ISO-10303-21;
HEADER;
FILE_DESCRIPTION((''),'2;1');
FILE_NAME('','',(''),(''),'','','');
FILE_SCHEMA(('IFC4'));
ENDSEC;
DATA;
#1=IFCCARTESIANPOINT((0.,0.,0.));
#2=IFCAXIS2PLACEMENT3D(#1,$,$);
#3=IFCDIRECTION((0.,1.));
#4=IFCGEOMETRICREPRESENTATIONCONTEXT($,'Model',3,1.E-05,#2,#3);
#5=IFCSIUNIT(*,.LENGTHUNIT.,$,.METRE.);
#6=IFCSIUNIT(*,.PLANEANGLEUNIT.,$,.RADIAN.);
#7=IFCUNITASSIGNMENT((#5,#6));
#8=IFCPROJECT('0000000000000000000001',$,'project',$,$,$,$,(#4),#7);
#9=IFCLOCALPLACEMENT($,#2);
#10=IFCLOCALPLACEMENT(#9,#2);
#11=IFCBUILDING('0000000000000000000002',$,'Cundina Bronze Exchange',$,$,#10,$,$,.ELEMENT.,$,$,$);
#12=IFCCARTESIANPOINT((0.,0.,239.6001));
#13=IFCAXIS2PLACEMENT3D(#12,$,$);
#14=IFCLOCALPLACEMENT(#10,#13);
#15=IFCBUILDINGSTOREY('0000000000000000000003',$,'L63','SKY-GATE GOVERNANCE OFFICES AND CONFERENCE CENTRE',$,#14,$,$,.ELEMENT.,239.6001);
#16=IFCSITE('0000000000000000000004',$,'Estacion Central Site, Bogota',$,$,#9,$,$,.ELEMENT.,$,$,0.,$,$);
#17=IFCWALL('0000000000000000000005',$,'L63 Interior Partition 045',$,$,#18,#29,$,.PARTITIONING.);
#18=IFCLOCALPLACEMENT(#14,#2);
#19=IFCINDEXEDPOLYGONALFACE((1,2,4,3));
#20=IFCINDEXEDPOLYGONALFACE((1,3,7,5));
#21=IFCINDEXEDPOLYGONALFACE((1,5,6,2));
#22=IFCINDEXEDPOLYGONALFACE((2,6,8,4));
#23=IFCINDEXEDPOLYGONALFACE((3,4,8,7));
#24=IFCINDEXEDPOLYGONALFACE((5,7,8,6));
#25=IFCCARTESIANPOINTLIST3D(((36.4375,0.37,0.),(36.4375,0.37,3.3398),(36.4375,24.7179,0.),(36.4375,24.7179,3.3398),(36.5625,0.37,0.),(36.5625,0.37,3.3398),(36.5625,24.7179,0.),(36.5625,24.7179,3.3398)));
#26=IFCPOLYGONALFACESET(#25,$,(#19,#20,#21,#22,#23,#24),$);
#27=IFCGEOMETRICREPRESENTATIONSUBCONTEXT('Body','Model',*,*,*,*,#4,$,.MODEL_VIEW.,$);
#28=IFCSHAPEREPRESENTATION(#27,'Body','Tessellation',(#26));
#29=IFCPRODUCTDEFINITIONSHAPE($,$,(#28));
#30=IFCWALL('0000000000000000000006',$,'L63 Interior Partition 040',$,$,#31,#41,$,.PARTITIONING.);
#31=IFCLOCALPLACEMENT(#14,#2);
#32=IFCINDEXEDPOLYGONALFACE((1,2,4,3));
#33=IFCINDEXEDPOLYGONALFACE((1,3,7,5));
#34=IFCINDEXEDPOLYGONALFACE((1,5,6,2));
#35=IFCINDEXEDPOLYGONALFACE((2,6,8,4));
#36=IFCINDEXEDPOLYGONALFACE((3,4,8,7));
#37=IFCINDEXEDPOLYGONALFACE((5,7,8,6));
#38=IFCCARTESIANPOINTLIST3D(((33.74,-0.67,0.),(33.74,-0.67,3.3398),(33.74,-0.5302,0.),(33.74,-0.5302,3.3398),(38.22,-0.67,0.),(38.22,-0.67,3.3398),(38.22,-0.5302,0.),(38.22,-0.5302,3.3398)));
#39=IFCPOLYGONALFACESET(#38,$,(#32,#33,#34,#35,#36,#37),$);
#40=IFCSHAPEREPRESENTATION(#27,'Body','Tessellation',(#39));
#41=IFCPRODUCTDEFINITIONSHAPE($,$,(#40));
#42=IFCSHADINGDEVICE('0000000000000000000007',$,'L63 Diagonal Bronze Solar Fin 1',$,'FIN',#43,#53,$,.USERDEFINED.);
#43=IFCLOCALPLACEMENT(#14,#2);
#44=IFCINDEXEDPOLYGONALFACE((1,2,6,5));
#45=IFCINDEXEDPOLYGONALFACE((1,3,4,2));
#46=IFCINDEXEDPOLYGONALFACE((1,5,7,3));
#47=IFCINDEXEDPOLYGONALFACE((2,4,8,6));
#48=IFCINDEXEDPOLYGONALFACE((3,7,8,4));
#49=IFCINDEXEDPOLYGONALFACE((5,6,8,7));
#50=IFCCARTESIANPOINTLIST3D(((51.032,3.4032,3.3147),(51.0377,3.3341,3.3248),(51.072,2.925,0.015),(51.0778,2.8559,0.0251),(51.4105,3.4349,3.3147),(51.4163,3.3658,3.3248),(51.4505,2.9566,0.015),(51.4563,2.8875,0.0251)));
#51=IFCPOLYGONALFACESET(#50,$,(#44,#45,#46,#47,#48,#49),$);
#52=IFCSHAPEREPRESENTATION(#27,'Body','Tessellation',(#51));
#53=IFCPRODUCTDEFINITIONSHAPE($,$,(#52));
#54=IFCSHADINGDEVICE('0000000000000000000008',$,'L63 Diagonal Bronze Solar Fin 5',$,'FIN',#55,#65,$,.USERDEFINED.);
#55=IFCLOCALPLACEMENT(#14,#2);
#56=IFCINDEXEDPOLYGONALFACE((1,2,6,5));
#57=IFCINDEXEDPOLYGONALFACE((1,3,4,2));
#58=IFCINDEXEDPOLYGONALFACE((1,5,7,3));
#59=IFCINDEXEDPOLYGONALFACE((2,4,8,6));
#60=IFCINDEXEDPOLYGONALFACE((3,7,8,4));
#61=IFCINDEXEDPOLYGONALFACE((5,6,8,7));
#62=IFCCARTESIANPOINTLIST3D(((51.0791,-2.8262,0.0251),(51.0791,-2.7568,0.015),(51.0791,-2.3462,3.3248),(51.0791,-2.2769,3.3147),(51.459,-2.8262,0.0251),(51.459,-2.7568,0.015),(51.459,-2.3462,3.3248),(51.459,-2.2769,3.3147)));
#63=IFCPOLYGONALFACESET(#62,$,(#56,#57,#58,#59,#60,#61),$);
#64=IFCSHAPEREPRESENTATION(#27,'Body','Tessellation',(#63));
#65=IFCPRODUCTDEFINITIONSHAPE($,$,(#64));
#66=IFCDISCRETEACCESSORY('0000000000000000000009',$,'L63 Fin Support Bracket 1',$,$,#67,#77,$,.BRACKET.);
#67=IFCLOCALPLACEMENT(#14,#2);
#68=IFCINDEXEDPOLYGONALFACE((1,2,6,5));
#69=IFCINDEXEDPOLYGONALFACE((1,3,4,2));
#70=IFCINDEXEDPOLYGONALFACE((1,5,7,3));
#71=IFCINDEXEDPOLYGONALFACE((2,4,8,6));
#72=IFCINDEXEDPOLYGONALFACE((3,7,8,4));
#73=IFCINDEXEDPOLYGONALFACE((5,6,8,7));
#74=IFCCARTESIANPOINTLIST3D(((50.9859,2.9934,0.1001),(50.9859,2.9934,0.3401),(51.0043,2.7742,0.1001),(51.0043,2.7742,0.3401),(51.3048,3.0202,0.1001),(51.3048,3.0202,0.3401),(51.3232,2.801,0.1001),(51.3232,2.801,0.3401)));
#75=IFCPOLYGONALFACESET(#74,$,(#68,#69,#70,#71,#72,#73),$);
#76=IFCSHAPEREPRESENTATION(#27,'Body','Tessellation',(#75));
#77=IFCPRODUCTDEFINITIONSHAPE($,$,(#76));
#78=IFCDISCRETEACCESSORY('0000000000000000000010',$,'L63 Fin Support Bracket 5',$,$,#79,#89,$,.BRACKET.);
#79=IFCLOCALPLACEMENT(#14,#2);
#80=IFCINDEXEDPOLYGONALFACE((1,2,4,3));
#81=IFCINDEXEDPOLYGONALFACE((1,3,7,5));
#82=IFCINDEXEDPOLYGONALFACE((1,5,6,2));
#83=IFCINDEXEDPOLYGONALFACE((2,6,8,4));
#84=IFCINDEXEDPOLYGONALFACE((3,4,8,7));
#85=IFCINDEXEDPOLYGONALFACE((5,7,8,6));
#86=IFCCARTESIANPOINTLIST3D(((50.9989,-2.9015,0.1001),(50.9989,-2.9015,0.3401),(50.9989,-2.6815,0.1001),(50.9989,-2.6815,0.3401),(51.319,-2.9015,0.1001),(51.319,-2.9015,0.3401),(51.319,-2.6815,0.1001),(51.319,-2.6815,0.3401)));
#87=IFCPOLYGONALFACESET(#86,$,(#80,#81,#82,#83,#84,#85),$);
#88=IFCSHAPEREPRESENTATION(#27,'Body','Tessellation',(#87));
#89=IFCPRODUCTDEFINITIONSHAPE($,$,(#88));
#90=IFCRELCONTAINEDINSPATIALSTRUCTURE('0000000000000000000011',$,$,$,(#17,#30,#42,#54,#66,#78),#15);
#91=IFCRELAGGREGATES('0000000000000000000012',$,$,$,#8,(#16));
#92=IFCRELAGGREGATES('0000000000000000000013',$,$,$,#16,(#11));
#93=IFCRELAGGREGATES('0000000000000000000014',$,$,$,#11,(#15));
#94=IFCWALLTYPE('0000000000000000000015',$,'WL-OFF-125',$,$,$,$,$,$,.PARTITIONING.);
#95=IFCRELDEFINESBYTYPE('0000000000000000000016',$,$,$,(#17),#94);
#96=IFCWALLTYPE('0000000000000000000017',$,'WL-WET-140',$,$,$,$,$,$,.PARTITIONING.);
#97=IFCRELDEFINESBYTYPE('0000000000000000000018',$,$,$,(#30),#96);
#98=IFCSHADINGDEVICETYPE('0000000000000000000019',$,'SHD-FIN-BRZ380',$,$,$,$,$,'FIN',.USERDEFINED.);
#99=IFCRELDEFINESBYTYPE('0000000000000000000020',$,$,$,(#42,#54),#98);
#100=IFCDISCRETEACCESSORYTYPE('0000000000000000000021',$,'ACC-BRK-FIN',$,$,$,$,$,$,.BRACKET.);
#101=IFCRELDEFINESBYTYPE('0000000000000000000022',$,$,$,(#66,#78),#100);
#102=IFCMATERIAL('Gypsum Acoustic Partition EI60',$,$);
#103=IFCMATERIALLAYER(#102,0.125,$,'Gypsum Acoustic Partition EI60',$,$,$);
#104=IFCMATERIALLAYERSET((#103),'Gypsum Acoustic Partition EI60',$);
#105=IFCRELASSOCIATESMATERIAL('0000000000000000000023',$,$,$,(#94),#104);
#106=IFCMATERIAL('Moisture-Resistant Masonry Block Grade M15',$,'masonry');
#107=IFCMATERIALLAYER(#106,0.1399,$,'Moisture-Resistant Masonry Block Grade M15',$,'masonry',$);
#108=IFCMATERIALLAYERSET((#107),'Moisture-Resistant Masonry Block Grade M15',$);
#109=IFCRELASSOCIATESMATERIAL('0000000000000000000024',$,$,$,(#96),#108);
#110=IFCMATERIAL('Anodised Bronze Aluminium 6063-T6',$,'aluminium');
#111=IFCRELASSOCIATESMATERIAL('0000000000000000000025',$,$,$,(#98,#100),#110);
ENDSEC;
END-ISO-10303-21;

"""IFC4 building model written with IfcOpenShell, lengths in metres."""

from ifc_helpers import new_model, si_unit, direction, frame, frame_2d, origin, origin_2d, place, context, subcontext, project, spatial, rectangle, extrude, material, layer, layer_set, material_profile, profile_set, type_object, element, save


model = new_model("IFC4")

# Units and contexts
model_context = context("Model", 3, precision=1e-05, world=origin(), true_north=direction((0.0, 1.0)))
body_context = subcontext(model_context, "Body", "Model", "MODEL_VIEW")
ifc_project = project(units=[si_unit("LENGTHUNIT", "METRE"), si_unit("PLANEANGLEUNIT", "RADIAN")], contexts=[model_context])

# Site, building, storey
site_placement = place(None, origin())
site = spatial("IfcSite", under=ifc_project, at=site_placement, Name="Estacion Central Site, Bogota", CompositionType="ELEMENT", RefElevation=0.0)
building_placement = place(site_placement, origin())
building = spatial("IfcBuilding", under=site, at=building_placement, Name="Cundina Bronze Exchange", CompositionType="ELEMENT")
storey_placement = place(building_placement, frame((0.0, 0.0, 239.6001)))
storey = spatial("IfcBuildingStorey", under=building, at=storey_placement, Name="L63", Description="SKY-GATE GOVERNANCE OFFICES AND CONFERENCE CENTRE", CompositionType="ELEMENT", Elevation=239.6001)

# Shared definitions
ifc_material_1 = material(Name="Anodised Bronze Aluminium 6063-T6", Category="aluminium")

# Walls
ifc_material_2 = material(Name="Gypsum Acoustic Partition EI60")
ifc_layer_1 = layer(ifc_material_2, 0.125, Name="Gypsum Acoustic Partition EI60")
ifc_layer_set_1 = layer_set([ifc_layer_1], Name="Gypsum Acoustic Partition EI60")
wall_type_1 = type_object("IfcWallType", Name="WL-OFF-125", PredefinedType="PARTITIONING", material=ifc_layer_set_1)
wall_1_placement = place(storey_placement, frame((36.5, 0.3701, 0.0), z_axis=(0.0, 0.0, 1.0), x_axis=(0.0, 1.0, 0.0)))
element("IfcWall", 1, at=wall_1_placement, inside=storey, type_object=wall_type_1, Name="L63 Interior Partition 045", PredefinedType="PARTITIONING", context=body_context, shape_type="SweptSolid", body=[
    extrude(rectangle(XDim=24.3479, YDim=0.125, at=frame_2d((12.1738, 0.0))), origin(), (0.0, 0.0, 1.0), 3.3398),
])
ifc_material_3 = material(Name="Moisture-Resistant Masonry Block Grade M15", Category="masonry")
ifc_layer_2 = layer(ifc_material_3, 0.1399, Name="Moisture-Resistant Masonry Block Grade M15", Category="masonry")
ifc_layer_set_2 = layer_set([ifc_layer_2], Name="Moisture-Resistant Masonry Block Grade M15")
wall_type_2 = type_object("IfcWallType", Name="WL-WET-140", PredefinedType="PARTITIONING", material=ifc_layer_set_2)
wall_2_placement = place(storey_placement, frame((33.74, -0.6001, 0.0), z_axis=(0.0, 0.0, 1.0), x_axis=(1.0, 0.0, 0.0)))
element("IfcWall", 2, at=wall_2_placement, inside=storey, type_object=wall_type_2, Name="L63 Interior Partition 040", PredefinedType="PARTITIONING", context=body_context, shape_type="SweptSolid", body=[
    extrude(rectangle(XDim=4.48, YDim=0.1399, at=frame_2d((2.24, 0.0))), origin(), (0.0, 0.0, 1.0), 3.3398),
])

# Shading devices
ifc_material_profile_1 = material_profile(ifc_material_1, rectangle(XDim=0.0701, YDim=0.3799, at=origin_2d()), Name="FIN70X380", Category="aluminium")
ifc_profile_set_1 = profile_set([ifc_material_profile_1], Name="Anodised Bronze Aluminium 6063-T6")
shading_device_type = type_object("IfcShadingDeviceType", Name="SHD-FIN-BRZ380", ElementType="FIN", PredefinedType="USERDEFINED", material=ifc_profile_set_1)
for number, where, z_axis, x_axis, name in (
    (3, (51.2642, 2.9062, 0.02), (-0.012007, 0.14343, 0.989588), (0.082556, -0.986138, 0.143932), "L63 Diagonal Bronze Solar Fin 1"),
    (4, (51.269, -2.7915, 0.02), (0.0, 0.143942, 0.989586), (0.0, -0.989586, 0.143942), "L63 Diagonal Bronze Solar Fin 5"),
):
    element("IfcShadingDevice", number, at=place(storey_placement, frame(where, z_axis=z_axis, x_axis=x_axis)), inside=storey, type_object=shading_device_type, Name=name, ObjectType="FIN", PredefinedType="USERDEFINED", context=body_context, shape_type="SweptSolid", body=[
        extrude(rectangle(XDim=0.0701, YDim=0.3799, at=origin_2d()), origin(), (0.0, 0.0, 1.0), 3.3345),
    ])

# Discrete accessories
discrete_accessory_type = type_object("IfcDiscreteAccessoryType", Name="ACC-BRK-FIN", PredefinedType="BRACKET", material=ifc_material_1)
for number, where, z_axis, x_axis, name in (
    (5, (51.1545, 2.8972, 0.1001), (0.0, 0.0, 1.0), (-0.083747, 0.996487, 0.0), "L63 Fin Support Bracket 1"),
    (6, (51.1589, -2.7915, 0.1001), (0.0, 0.0, 1.0), (0.0, 1.0, 0.0), "L63 Fin Support Bracket 5"),
):
    element("IfcDiscreteAccessory", number, at=place(storey_placement, frame(where, z_axis=z_axis, x_axis=x_axis)), inside=storey, type_object=discrete_accessory_type, Name=name, PredefinedType="BRACKET", context=body_context, shape_type="SweptSolid", body=[
        extrude(rectangle(XDim=0.22, YDim=0.3201, at=origin_2d()), origin(), (0.0, 0.0, 1.0), 0.24),
    ])

save(model, "model.ifc")
